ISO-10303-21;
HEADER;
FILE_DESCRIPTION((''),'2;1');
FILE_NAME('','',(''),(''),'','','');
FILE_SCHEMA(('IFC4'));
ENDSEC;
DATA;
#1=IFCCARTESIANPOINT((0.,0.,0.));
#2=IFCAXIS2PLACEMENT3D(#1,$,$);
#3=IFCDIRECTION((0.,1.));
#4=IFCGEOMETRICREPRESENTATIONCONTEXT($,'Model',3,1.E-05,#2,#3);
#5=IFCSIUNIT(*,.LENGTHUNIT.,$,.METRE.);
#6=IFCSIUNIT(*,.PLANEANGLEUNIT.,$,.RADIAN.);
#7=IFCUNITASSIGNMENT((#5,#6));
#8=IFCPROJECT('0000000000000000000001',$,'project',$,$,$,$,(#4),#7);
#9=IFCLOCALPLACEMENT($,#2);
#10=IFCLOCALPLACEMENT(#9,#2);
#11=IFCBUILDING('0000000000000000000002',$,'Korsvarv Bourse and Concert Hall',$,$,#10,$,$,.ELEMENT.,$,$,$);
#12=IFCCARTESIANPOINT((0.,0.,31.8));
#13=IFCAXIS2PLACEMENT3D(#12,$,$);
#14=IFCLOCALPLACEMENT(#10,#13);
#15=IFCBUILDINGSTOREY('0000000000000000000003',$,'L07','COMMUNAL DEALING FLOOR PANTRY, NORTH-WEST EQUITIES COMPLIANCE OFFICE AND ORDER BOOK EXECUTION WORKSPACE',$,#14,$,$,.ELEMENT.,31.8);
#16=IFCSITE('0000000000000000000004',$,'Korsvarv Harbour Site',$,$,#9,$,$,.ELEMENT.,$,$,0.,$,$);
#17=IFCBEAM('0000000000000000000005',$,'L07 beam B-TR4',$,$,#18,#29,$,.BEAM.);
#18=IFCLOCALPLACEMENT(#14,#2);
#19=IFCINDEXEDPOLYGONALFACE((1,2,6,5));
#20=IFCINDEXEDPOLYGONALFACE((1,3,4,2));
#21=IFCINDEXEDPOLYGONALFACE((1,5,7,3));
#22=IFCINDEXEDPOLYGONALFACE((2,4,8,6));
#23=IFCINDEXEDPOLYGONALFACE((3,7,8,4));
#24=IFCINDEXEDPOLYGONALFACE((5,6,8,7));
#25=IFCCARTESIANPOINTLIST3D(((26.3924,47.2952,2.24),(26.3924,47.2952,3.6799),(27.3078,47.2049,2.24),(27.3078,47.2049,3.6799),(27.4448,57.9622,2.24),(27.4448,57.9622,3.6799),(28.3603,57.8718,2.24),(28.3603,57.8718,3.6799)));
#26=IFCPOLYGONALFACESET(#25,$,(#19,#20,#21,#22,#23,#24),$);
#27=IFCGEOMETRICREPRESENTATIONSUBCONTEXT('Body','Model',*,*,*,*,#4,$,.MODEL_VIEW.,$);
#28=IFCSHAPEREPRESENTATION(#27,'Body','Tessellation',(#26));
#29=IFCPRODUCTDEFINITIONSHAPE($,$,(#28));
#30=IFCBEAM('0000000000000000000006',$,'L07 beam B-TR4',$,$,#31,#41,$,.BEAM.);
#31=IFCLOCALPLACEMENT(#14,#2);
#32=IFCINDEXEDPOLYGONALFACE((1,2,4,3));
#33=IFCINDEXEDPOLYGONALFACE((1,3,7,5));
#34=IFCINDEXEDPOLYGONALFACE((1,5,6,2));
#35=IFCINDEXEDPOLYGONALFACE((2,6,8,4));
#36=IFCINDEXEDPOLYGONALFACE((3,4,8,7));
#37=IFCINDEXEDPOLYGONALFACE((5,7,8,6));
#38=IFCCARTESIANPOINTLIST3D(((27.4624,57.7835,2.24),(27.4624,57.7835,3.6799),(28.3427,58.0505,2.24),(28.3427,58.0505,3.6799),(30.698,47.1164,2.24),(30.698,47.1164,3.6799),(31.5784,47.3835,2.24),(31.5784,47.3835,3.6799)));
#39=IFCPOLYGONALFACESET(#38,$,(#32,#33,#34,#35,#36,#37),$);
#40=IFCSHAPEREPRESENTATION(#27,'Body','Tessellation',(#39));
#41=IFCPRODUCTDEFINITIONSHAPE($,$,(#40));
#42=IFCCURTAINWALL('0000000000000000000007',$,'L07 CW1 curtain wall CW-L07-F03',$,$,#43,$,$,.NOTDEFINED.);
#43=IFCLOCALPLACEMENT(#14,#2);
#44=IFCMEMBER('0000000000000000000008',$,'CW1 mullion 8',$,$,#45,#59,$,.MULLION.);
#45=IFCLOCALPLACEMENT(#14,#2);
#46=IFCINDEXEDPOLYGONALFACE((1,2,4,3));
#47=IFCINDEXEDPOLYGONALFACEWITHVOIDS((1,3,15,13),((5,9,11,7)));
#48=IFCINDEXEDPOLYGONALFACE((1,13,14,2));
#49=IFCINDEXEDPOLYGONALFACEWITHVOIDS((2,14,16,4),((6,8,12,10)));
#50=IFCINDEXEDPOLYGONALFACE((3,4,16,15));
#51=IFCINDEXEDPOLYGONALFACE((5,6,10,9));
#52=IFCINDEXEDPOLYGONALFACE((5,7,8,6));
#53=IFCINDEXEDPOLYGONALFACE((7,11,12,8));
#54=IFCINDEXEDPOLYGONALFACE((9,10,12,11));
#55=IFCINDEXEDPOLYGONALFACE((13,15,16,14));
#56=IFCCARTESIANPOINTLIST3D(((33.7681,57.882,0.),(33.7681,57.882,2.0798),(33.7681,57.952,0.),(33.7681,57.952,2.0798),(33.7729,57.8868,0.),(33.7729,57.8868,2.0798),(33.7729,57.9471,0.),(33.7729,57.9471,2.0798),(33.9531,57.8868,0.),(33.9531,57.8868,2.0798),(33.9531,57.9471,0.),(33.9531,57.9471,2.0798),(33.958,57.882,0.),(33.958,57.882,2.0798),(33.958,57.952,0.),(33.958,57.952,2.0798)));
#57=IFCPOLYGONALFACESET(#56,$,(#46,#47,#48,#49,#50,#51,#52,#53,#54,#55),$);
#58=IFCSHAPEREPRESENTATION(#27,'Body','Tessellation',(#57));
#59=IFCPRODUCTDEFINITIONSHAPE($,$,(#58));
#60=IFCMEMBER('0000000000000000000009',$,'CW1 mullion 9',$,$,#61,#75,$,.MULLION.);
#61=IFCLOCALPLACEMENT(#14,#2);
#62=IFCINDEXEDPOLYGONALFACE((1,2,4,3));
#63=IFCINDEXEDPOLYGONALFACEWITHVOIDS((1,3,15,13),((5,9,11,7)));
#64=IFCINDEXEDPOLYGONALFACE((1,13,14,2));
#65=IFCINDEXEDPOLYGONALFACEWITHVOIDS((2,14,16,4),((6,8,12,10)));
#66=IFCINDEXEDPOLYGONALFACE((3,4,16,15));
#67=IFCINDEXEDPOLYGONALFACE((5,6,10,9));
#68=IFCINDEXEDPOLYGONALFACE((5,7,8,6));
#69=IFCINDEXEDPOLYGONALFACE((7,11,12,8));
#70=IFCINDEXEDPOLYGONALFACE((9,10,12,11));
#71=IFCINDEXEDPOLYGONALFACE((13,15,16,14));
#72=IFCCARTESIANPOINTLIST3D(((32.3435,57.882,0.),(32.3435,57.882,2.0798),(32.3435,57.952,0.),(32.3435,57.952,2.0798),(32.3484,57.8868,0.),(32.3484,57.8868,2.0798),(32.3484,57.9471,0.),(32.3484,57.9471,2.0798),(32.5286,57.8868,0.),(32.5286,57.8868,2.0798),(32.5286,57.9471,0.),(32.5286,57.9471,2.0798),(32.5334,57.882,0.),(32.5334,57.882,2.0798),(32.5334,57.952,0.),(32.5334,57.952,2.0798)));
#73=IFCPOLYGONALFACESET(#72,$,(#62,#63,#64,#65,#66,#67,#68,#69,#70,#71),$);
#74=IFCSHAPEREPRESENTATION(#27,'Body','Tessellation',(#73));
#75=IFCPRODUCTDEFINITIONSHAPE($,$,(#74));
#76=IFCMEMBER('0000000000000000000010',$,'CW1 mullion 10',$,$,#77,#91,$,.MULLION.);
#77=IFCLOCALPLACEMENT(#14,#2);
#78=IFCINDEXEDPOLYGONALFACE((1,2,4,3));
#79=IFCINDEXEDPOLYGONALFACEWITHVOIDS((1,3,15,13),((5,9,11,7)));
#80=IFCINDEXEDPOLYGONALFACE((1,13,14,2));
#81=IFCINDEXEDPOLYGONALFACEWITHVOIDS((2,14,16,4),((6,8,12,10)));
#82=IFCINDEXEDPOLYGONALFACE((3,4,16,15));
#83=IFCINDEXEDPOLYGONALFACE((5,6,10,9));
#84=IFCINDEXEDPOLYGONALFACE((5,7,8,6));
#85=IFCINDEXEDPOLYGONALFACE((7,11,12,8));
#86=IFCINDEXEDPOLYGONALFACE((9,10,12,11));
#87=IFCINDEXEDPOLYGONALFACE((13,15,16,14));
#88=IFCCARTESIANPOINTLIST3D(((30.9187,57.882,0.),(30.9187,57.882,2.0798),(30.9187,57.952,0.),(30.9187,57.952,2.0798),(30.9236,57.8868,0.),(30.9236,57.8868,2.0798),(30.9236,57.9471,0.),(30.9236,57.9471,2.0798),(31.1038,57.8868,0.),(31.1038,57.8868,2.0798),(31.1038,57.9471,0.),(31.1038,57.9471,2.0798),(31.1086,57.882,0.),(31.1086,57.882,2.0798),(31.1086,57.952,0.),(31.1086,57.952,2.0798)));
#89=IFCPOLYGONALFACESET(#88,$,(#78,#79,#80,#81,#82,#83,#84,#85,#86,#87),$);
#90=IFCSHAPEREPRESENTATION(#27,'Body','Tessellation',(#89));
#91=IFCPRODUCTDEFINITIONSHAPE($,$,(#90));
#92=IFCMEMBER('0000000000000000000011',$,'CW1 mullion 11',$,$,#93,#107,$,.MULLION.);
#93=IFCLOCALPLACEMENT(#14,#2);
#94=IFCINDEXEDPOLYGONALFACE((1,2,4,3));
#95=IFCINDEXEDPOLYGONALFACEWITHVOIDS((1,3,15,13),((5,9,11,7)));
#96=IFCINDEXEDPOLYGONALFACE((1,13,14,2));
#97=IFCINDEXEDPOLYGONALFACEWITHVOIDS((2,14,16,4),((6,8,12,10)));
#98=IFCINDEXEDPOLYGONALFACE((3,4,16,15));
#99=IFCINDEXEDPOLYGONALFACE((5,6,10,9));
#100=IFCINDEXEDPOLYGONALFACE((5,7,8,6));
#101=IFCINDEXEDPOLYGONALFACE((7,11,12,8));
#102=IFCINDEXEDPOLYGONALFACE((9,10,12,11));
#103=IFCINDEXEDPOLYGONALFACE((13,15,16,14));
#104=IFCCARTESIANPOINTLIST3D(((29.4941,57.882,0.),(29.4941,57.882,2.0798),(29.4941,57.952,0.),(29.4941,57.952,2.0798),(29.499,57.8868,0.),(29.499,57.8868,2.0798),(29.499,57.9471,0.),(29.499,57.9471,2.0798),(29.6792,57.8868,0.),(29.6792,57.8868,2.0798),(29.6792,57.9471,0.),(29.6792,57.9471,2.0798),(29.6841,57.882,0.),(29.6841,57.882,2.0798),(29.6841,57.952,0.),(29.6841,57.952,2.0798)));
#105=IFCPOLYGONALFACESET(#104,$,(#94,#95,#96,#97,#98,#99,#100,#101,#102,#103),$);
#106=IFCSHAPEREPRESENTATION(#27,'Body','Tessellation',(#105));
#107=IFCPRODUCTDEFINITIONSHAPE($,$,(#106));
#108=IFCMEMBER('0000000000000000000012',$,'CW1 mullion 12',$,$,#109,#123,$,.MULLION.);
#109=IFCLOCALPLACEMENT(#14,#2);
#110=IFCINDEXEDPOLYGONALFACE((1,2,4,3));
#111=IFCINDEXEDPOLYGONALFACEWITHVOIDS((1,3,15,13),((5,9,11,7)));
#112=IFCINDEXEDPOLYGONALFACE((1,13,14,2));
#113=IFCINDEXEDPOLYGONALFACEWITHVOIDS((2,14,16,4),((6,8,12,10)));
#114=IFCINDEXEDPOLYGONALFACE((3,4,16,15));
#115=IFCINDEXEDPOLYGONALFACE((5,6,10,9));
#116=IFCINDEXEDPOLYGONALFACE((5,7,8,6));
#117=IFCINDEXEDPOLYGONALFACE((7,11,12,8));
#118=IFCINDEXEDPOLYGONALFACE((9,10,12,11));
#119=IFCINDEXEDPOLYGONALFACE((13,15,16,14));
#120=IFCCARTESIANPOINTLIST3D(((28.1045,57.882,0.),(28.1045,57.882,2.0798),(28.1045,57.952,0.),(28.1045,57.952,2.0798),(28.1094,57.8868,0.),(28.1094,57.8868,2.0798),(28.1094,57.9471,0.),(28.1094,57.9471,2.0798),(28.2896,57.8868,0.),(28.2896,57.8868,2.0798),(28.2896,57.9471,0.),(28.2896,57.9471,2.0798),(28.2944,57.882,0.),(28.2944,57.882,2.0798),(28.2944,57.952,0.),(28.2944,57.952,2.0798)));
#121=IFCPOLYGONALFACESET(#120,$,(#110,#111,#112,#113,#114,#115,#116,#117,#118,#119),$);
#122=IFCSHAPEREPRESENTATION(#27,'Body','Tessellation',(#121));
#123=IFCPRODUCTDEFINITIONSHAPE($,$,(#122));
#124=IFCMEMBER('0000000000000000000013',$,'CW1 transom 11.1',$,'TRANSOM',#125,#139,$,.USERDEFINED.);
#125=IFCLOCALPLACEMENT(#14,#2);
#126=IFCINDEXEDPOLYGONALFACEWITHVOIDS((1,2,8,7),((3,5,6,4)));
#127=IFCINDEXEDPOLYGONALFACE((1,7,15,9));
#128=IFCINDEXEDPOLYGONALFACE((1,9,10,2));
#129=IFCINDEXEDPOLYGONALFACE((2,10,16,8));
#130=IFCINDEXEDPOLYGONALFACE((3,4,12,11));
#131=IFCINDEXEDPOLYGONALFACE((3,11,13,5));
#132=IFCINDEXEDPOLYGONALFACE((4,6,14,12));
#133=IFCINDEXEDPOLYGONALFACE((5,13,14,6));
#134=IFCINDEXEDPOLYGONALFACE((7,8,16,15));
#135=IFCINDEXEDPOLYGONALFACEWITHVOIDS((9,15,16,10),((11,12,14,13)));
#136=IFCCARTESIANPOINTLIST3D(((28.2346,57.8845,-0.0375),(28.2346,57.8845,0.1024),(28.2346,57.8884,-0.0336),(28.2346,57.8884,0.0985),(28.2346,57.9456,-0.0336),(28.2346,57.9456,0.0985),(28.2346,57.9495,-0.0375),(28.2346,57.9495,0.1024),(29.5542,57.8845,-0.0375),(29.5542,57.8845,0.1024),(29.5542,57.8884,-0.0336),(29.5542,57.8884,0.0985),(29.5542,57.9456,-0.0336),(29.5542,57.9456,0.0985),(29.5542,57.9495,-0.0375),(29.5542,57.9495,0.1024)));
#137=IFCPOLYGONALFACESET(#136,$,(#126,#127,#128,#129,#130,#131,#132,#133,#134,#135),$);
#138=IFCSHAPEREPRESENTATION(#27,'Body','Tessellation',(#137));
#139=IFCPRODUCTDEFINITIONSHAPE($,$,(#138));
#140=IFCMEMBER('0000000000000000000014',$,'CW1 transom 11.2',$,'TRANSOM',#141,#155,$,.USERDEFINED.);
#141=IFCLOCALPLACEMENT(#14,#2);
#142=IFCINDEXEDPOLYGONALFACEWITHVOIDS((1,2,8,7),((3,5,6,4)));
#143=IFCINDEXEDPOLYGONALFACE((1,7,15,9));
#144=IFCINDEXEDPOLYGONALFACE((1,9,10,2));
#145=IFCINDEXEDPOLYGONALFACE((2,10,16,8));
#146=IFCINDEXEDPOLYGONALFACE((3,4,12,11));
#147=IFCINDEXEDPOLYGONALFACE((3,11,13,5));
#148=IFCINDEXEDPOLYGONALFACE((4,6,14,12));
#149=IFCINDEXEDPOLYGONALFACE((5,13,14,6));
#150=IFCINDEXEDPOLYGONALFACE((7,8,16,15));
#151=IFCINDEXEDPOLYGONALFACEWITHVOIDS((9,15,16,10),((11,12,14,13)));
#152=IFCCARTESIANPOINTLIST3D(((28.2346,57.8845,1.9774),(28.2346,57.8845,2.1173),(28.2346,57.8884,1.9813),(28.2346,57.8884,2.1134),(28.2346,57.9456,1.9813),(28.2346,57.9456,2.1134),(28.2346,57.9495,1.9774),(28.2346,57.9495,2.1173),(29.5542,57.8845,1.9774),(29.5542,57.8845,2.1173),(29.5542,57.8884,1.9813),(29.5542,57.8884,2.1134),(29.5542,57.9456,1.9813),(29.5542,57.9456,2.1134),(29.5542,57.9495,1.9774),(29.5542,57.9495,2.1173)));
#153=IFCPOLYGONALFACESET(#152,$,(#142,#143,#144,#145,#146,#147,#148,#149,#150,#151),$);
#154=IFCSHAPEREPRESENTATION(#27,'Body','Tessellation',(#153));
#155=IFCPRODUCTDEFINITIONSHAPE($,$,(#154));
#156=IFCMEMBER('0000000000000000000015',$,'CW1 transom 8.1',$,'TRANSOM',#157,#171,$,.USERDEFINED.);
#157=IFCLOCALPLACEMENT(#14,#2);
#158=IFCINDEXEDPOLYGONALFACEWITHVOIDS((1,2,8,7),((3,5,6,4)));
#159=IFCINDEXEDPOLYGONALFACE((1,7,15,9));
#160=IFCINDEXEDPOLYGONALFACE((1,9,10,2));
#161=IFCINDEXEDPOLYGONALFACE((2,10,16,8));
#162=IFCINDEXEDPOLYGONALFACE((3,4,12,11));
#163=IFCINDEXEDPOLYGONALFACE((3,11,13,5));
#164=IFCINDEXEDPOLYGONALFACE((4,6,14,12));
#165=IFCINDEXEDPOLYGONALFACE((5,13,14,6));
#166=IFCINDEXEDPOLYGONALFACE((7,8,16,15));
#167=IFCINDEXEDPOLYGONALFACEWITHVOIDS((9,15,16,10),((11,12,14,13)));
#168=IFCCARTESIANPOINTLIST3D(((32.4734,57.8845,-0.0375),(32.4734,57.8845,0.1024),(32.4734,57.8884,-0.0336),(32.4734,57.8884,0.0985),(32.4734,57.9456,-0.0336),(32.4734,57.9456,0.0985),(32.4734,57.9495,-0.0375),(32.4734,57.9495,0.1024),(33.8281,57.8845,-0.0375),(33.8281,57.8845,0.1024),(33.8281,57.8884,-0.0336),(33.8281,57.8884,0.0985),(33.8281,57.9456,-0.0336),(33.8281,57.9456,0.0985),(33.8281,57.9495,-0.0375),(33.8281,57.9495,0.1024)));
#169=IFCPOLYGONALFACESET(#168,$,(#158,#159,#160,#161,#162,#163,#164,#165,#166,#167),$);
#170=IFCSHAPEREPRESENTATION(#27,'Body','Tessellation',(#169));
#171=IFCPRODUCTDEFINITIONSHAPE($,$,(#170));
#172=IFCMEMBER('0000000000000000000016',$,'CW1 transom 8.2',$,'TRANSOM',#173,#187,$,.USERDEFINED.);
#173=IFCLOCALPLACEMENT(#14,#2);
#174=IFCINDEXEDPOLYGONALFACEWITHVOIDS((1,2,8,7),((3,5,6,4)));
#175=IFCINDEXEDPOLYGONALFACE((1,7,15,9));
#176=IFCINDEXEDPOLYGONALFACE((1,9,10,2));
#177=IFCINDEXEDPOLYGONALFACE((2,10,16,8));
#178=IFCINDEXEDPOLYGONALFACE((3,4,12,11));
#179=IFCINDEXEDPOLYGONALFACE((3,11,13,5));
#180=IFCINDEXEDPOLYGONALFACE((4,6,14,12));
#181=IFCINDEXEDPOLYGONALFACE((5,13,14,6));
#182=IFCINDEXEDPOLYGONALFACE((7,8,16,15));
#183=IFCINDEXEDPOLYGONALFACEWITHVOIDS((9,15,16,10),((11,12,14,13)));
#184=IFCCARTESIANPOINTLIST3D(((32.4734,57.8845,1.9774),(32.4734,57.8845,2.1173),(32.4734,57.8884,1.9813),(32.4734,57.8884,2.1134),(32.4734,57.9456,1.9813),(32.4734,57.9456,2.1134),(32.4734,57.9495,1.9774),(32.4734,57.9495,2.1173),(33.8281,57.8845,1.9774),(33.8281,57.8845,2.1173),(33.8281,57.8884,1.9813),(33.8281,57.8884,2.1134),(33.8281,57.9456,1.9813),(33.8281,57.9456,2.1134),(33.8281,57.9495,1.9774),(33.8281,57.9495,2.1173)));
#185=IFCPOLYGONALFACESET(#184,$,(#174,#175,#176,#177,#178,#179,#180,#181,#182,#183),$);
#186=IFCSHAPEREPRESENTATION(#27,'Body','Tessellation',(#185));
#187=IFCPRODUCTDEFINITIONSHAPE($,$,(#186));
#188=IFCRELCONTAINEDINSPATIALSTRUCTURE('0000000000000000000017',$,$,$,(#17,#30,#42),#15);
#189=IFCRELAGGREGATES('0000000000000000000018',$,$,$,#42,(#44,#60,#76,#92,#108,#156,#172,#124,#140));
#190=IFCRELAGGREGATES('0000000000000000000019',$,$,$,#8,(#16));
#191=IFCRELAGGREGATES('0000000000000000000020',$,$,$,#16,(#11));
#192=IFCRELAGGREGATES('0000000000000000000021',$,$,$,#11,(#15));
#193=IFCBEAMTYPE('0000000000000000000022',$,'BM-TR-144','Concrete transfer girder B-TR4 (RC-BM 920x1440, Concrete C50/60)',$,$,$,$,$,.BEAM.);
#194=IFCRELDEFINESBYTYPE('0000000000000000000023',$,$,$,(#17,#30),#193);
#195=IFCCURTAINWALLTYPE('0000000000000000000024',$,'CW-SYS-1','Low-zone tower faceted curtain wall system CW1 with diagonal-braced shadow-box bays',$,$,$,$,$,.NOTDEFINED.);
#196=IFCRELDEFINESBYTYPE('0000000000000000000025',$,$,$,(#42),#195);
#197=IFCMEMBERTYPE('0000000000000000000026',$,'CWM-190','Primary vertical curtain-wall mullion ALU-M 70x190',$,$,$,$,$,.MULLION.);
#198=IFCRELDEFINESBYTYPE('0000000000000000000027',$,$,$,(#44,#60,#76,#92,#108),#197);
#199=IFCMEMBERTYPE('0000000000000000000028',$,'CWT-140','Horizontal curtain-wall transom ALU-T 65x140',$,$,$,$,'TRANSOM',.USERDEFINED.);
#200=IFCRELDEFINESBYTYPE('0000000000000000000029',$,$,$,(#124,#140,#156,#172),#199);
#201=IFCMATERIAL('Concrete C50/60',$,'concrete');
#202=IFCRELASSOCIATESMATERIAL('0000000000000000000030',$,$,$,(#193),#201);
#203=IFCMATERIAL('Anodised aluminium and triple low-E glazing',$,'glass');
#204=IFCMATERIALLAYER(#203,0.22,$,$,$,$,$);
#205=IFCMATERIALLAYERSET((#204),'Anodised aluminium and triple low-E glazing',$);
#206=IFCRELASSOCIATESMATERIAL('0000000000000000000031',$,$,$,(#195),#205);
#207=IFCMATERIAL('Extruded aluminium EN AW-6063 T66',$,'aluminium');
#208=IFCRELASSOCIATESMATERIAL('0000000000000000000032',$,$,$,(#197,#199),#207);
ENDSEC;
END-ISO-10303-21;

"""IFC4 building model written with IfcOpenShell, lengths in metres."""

from ifc_helpers import new_model, si_unit, direction, frame, origin, origin_2d, place, context, subcontext, project, spatial, rectangle, hollow_rectangle, extrude, source, transform, mapped, material, layer, layer_set, material_profile, profile_set, type_object, element, aggregate, save


model = new_model("IFC4")

# Units and contexts
model_context = context("Model", 3, precision=1e-05, world=origin(), true_north=direction((0.0, 1.0)))
body_context = subcontext(model_context, "Body", "Model", "MODEL_VIEW")
ifc_project = project(units=[si_unit("LENGTHUNIT", "METRE"), si_unit("PLANEANGLEUNIT", "RADIAN")], contexts=[model_context])

# Site, building, storey
site_placement = place(None, origin())
site = spatial("IfcSite", under=ifc_project, at=site_placement, Name="Korsvarv Harbour Site", CompositionType="ELEMENT", RefElevation=0.0)
building_placement = place(site_placement, origin())
building = spatial("IfcBuilding", under=site, at=building_placement, Name="Korsvarv Bourse and Concert Hall", CompositionType="ELEMENT")
storey_placement = place(building_placement, frame((0.0, 0.0, 31.8)))
storey = spatial("IfcBuildingStorey", under=building, at=storey_placement, Name="L07", Description="COMMUNAL DEALING FLOOR PANTRY, NORTH-WEST EQUITIES COMPLIANCE OFFICE AND ORDER BOOK EXECUTION WORKSPACE", CompositionType="ELEMENT", Elevation=31.8)

# Beams
ifc_material_1 = material(Name="Concrete C50/60", Category="concrete")
ifc_material_profile_1 = material_profile(ifc_material_1, rectangle(XDim=0.9199, YDim=1.4399, at=origin_2d()), Name="RC-BM 920x1440")
ifc_profile_set_1 = profile_set([ifc_material_profile_1], Name="Concrete C50/60")
beam_type = type_object("IfcBeamType", Name="BM-TR-144", Description="Concrete transfer girder B-TR4 (RC-BM 920x1440, Concrete C50/60)", PredefinedType="BEAM", material=ifc_profile_set_1)
shared_shape_1 = source(origin(), body_context, "Body", "SweptSolid", [
    extrude(rectangle(XDim=0.9199, YDim=1.4399, at=origin_2d()), origin(), (0.0, 0.0, 1.0), 10.7188),
])
beam_1_placement = place(storey_placement, frame((27.9026, 57.917, 2.96), z_axis=(-0.098191, -0.995168, 0.0), x_axis=(0.995168, -0.098191, 0.0)))
element("IfcBeam", 1, at=beam_1_placement, inside=storey, type_object=beam_type, Name="L07 beam B-TR4", PredefinedType="BEAM", context=body_context, shape_type="MappedRepresentation", body=[
    mapped(shared_shape_1, transform((0.0, 0.0, 0.0), scale=1.0)),
])
shared_shape_2 = source(origin(), body_context, "Body", "SweptSolid", [
    extrude(rectangle(XDim=0.9199, YDim=1.4399, at=origin_2d()), origin(), (0.0, 0.0, 1.0), 11.147),
])
beam_2_placement = place(storey_placement, frame((27.9026, 57.917, 2.96), z_axis=(0.290268, -0.956945, 0.0), x_axis=(0.956945, 0.290268, 0.0)))
element("IfcBeam", 2, at=beam_2_placement, inside=storey, type_object=beam_type, Name="L07 beam B-TR4", PredefinedType="BEAM", context=body_context, shape_type="MappedRepresentation", body=[
    mapped(shared_shape_2, transform((0.0, 0.0, 0.0), scale=1.0)),
])

# Curtain wall, members
ifc_material_2 = material(Name="Anodised aluminium and triple low-E glazing", Category="glass")
ifc_layer_1 = layer(ifc_material_2, 0.22)
ifc_layer_set_1 = layer_set([ifc_layer_1], Name="Anodised aluminium and triple low-E glazing")
curtain_wall_type = type_object("IfcCurtainWallType", Name="CW-SYS-1", Description="Low-zone tower faceted curtain wall system CW1 with diagonal-braced shadow-box bays", PredefinedType="NOTDEFINED", material=ifc_layer_set_1)
curtain_wall_placement = place(storey_placement, origin())
curtain_wall = element("IfcCurtainWall", 3, at=curtain_wall_placement, inside=storey, type_object=curtain_wall_type, Name="L07 CW1 curtain wall CW-L07-F03", PredefinedType="NOTDEFINED")
ifc_material_3 = material(Name="Extruded aluminium EN AW-6063 T66", Category="aluminium")
ifc_material_profile_2 = material_profile(ifc_material_3, hollow_rectangle(XDim=0.0701, YDim=0.1899, WallThickness=0.0049, at=origin_2d()), Name="ALU-M 70x190")
ifc_profile_set_2 = profile_set([ifc_material_profile_2], Name="Extruded aluminium EN AW-6063 T66")
member_type_1 = type_object("IfcMemberType", Name="CWM-190", Description="Primary vertical curtain-wall mullion ALU-M 70x190", PredefinedType="MULLION", material=ifc_profile_set_2)
shared_shape_3 = source(origin(), body_context, "Body", "SweptSolid", [
    extrude(hollow_rectangle(XDim=0.0701, YDim=0.1899, WallThickness=0.0049, at=origin_2d()), origin(), (0.0, 0.0, 1.0), 2.0798),
])
member_1_placement = place(storey_placement, frame((33.863, 57.917, 0.0), z_axis=(0.0, 0.0, 1.0), x_axis=(0.0, -1.0, 0.0)))
member_1 = element("IfcMember", 4, at=member_1_placement, type_object=member_type_1, Name="CW1 mullion 8", PredefinedType="MULLION", context=body_context, shape_type="MappedRepresentation", body=[
    mapped(shared_shape_3, transform((0.0, 0.0, 0.0), scale=1.0)),
])
member_2_placement = place(storey_placement, frame((32.4385, 57.917, 0.0), z_axis=(0.0, 0.0, 1.0), x_axis=(0.0, -1.0, 0.0)))
member_2 = element("IfcMember", 5, at=member_2_placement, type_object=member_type_1, Name="CW1 mullion 9", PredefinedType="MULLION", context=body_context, shape_type="MappedRepresentation", body=[
    mapped(shared_shape_3, transform((0.0, 0.0, 0.0), scale=1.0)),
])
member_3_placement = place(storey_placement, frame((31.0137, 57.917, 0.0), z_axis=(0.0, 0.0, 1.0), x_axis=(0.0, -1.0, 0.0)))
member_3 = element("IfcMember", 6, at=member_3_placement, type_object=member_type_1, Name="CW1 mullion 10", PredefinedType="MULLION", context=body_context, shape_type="MappedRepresentation", body=[
    mapped(shared_shape_3, transform((0.0, 0.0, 0.0), scale=1.0)),
])
member_4_placement = place(storey_placement, frame((29.5891, 57.917, 0.0), z_axis=(0.0, 0.0, 1.0), x_axis=(0.0, -1.0, 0.0)))
member_4 = element("IfcMember", 7, at=member_4_placement, type_object=member_type_1, Name="CW1 mullion 11", PredefinedType="MULLION", context=body_context, shape_type="MappedRepresentation", body=[
    mapped(shared_shape_3, transform((0.0, 0.0, 0.0), scale=1.0)),
])
member_5_placement = place(storey_placement, frame((28.1995, 57.917, 0.0), z_axis=(0.0, 0.0, 1.0), x_axis=(0.0, -1.0, 0.0)))
member_5 = element("IfcMember", 8, at=member_5_placement, type_object=member_type_1, Name="CW1 mullion 12", PredefinedType="MULLION", context=body_context, shape_type="MappedRepresentation", body=[
    mapped(shared_shape_3, transform((0.0, 0.0, 0.0), scale=1.0)),
])
ifc_material_profile_3 = material_profile(ifc_material_3, hollow_rectangle(XDim=0.0649, YDim=0.1399, WallThickness=0.0039, at=origin_2d()), Name="ALU-T 65x140")
ifc_profile_set_3 = profile_set([ifc_material_profile_3], Name="Extruded aluminium EN AW-6063 T66")
member_type_2 = type_object("IfcMemberType", Name="CWT-140", Description="Horizontal curtain-wall transom ALU-T 65x140", ElementType="TRANSOM", PredefinedType="USERDEFINED", material=ifc_profile_set_3)
shared_shape_4 = source(origin(), body_context, "Body", "SweptSolid", [
    extrude(hollow_rectangle(XDim=0.0649, YDim=0.1399, WallThickness=0.0039, at=origin_2d()), origin(), (0.0, 0.0, 1.0), 1.3196),
])
member_6_placement = place(storey_placement, frame((29.5542, 57.917, 0.0325), z_axis=(-1.0, 0.0, 0.0), x_axis=(0.0, -1.0, 0.0)))
member_6 = element("IfcMember", 9, at=member_6_placement, type_object=member_type_2, Name="CW1 transom 11.1", ObjectType="TRANSOM", PredefinedType="USERDEFINED", context=body_context, shape_type="MappedRepresentation", body=[
    mapped(shared_shape_4, transform((0.0, 0.0, 0.0), scale=1.0)),
])
member_7_placement = place(storey_placement, frame((29.5542, 57.917, 2.0474), z_axis=(-1.0, 0.0, 0.0), x_axis=(0.0, -1.0, 0.0)))
member_7 = element("IfcMember", 10, at=member_7_placement, type_object=member_type_2, Name="CW1 transom 11.2", ObjectType="TRANSOM", PredefinedType="USERDEFINED", context=body_context, shape_type="MappedRepresentation", body=[
    mapped(shared_shape_4, transform((0.0, 0.0, 0.0), scale=1.0)),
])
shared_shape_5 = source(origin(), body_context, "Body", "SweptSolid", [
    extrude(hollow_rectangle(XDim=0.0649, YDim=0.1399, WallThickness=0.0039, at=origin_2d()), origin(), (0.0, 0.0, 1.0), 1.3547),
])
member_8_placement = place(storey_placement, frame((33.8281, 57.917, 0.0325), z_axis=(-1.0, 0.0, 0.0), x_axis=(0.0, -1.0, 0.0)))
member_8 = element("IfcMember", 11, at=member_8_placement, type_object=member_type_2, Name="CW1 transom 8.1", ObjectType="TRANSOM", PredefinedType="USERDEFINED", context=body_context, shape_type="MappedRepresentation", body=[
    mapped(shared_shape_5, transform((0.0, 0.0, 0.0), scale=1.0)),
])
member_9_placement = place(storey_placement, frame((33.8281, 57.917, 2.0474), z_axis=(-1.0, 0.0, 0.0), x_axis=(0.0, -1.0, 0.0)))
member_9 = element("IfcMember", 12, at=member_9_placement, type_object=member_type_2, Name="CW1 transom 8.2", ObjectType="TRANSOM", PredefinedType="USERDEFINED", context=body_context, shape_type="MappedRepresentation", body=[
    mapped(shared_shape_5, transform((0.0, 0.0, 0.0), scale=1.0)),
])
aggregate(curtain_wall, [member_1, member_2, member_3, member_4, member_5, member_8, member_9, member_6, member_7])

save(model, "model.ifc")
